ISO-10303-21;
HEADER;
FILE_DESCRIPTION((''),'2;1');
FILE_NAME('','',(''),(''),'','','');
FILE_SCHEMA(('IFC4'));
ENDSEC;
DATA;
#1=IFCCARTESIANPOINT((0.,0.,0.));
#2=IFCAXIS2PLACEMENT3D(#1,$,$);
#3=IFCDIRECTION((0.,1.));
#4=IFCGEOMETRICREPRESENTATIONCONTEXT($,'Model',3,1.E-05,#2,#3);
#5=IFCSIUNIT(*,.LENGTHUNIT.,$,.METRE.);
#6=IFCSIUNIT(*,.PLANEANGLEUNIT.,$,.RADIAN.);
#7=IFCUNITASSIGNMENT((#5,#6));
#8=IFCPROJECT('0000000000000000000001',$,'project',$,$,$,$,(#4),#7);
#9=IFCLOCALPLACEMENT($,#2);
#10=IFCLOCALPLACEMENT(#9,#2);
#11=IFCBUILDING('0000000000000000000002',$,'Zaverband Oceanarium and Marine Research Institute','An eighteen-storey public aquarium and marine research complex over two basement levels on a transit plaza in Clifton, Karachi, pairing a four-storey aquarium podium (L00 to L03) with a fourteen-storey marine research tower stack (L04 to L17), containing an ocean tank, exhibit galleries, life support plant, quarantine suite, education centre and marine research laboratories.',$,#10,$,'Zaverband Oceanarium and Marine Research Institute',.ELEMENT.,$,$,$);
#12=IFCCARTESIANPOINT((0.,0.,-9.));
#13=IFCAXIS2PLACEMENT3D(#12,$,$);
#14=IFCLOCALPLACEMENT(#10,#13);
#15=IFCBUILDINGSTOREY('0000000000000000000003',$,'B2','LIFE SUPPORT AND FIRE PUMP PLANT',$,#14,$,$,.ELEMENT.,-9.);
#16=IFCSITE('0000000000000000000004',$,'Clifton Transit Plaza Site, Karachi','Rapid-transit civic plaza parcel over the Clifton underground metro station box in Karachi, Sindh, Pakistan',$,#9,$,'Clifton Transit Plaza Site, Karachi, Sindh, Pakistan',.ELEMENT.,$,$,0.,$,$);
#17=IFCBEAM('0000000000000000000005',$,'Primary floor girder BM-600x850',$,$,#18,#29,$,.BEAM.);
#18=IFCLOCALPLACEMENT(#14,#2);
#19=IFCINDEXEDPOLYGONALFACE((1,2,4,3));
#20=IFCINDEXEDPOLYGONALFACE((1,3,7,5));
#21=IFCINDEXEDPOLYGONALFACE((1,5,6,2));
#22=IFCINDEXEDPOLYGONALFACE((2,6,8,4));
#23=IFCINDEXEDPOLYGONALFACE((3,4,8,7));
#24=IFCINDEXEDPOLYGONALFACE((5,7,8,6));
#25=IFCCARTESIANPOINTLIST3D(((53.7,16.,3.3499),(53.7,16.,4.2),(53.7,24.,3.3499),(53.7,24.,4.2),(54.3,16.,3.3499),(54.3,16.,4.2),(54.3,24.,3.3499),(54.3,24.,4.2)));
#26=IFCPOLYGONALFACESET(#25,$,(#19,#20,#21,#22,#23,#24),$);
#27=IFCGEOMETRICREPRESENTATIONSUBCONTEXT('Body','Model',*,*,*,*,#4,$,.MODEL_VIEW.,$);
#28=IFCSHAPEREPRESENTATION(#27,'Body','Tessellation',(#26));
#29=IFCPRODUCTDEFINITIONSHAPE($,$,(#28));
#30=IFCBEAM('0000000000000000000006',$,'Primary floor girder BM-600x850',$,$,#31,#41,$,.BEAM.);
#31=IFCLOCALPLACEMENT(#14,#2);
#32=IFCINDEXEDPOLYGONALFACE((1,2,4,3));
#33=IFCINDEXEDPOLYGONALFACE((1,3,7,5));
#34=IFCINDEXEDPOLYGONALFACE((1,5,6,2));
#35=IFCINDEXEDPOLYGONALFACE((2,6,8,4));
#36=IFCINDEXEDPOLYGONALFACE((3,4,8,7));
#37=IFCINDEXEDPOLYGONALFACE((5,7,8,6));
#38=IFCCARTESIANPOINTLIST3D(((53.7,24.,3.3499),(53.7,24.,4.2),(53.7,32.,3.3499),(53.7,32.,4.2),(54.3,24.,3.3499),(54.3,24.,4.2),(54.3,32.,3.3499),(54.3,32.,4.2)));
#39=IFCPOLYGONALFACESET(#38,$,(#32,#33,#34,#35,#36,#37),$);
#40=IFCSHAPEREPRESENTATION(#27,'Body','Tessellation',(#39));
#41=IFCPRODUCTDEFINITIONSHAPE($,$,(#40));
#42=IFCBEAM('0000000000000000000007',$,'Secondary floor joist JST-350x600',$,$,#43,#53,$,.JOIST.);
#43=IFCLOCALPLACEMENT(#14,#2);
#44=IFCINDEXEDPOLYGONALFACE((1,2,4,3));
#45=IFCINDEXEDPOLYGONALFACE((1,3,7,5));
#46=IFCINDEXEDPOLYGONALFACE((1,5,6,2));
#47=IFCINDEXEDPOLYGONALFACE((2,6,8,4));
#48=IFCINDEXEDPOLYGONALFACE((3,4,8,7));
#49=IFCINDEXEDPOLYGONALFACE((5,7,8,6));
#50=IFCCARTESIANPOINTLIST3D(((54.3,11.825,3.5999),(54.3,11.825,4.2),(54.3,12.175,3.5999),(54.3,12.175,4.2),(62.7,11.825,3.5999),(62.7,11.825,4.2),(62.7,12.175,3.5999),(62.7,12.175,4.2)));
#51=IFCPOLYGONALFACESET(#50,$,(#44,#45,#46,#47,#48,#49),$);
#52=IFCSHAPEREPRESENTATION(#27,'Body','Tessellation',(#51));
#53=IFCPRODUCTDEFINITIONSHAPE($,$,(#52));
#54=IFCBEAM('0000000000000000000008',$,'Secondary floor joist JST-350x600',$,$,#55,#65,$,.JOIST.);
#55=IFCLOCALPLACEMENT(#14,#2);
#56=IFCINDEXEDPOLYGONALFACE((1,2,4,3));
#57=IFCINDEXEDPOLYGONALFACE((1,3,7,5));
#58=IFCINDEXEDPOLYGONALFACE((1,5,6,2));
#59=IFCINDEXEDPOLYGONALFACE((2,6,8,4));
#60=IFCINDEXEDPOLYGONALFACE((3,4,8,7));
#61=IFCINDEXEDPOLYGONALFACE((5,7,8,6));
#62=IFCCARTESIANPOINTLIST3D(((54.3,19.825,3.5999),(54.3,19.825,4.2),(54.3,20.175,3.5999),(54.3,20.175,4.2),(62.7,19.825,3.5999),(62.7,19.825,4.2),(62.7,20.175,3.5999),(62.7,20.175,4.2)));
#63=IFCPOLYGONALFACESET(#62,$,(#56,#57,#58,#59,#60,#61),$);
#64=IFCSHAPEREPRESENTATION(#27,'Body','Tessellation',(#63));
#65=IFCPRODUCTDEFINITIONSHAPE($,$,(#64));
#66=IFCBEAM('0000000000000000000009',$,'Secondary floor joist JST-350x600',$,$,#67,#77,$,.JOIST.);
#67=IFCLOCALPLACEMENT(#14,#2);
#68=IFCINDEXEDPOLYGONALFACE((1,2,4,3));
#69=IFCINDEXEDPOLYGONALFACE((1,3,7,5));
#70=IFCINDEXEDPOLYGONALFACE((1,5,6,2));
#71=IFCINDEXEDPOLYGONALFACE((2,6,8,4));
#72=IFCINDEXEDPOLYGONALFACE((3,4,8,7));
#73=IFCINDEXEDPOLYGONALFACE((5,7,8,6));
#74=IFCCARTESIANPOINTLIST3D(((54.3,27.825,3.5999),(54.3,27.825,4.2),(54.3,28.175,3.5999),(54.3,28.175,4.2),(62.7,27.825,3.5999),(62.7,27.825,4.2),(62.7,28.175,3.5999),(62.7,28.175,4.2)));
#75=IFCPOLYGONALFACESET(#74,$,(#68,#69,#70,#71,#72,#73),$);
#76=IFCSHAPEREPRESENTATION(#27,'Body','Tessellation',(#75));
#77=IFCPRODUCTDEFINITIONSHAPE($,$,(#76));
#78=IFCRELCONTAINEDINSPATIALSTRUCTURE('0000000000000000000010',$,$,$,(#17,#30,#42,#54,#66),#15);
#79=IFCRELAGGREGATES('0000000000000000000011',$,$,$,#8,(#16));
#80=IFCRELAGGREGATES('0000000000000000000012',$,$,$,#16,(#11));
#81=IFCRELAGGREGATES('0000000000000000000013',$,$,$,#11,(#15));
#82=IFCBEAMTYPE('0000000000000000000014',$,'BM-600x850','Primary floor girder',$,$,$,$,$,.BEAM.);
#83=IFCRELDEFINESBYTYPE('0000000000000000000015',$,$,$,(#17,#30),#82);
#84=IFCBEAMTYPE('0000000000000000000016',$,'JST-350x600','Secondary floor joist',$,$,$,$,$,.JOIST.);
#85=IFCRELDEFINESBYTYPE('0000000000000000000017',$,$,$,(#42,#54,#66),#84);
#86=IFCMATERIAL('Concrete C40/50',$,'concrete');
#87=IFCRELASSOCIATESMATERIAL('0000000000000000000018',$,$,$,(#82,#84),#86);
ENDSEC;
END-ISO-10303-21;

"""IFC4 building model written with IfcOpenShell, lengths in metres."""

from ifc_helpers import new_model, si_unit, direction, frame, origin, origin_2d, place, context, subcontext, project, spatial, rectangle, extrude, material, material_profile, profile_set, type_object, element, save


model = new_model("IFC4")

# Units and contexts
model_context = context("Model", 3, precision=1e-05, world=origin(), true_north=direction((0.0, 1.0)))
body_context = subcontext(model_context, "Body", "Model", "MODEL_VIEW")
ifc_project = project(units=[si_unit("LENGTHUNIT", "METRE"), si_unit("PLANEANGLEUNIT", "RADIAN")], contexts=[model_context])

# Site, building, storey
site_placement = place(None, origin())
site = spatial("IfcSite", under=ifc_project, at=site_placement, Name="Clifton Transit Plaza Site, Karachi", Description="Rapid-transit civic plaza parcel over the Clifton underground metro station box in Karachi, Sindh, Pakistan", LongName="Clifton Transit Plaza Site, Karachi, Sindh, Pakistan", CompositionType="ELEMENT", RefElevation=0.0)
building_placement = place(site_placement, origin())
building = spatial("IfcBuilding", under=site, at=building_placement, Name="Zaverband Oceanarium and Marine Research Institute", Description="An eighteen-storey public aquarium and marine research complex over two basement levels on a transit plaza in Clifton, Karachi, pairing a four-storey aquarium podium (L00 to L03) with a fourteen-storey marine research tower stack (L04 to L17), containing an ocean tank, exhibit galleries, life support plant, quarantine suite, education centre and marine research laboratories.", LongName="Zaverband Oceanarium and Marine Research Institute", CompositionType="ELEMENT")
storey_placement = place(building_placement, frame((0.0, 0.0, -9.0)))
storey = spatial("IfcBuildingStorey", under=building, at=storey_placement, Name="B2", Description="LIFE SUPPORT AND FIRE PUMP PLANT", CompositionType="ELEMENT", Elevation=-9.0)

# Beams
ifc_material_1 = material(Name="Concrete C40/50", Category="concrete")
ifc_material_profile_1 = material_profile(ifc_material_1, rectangle(XDim=0.6001, YDim=0.8501, at=origin_2d()), Name="RC600x850")
ifc_profile_set_1 = profile_set([ifc_material_profile_1], Name="Concrete C40/50")
beam_type_1 = type_object("IfcBeamType", Name="BM-600x850", Description="Primary floor girder", PredefinedType="BEAM", material=ifc_profile_set_1)
for number, where, z_axis, x_axis, name in (
    (1, (54.0, 16.0, 3.7749), (0.0, 1.0, 0.0), (-1.0, 0.0, 0.0), "Primary floor girder BM-600x850"),
    (2, (54.0, 24.0, 3.7749), (0.0, 1.0, 0.0), (-1.0, 0.0, 0.0), "Primary floor girder BM-600x850"),
):
    element("IfcBeam", number, at=place(storey_placement, frame(where, z_axis=z_axis, x_axis=x_axis)), inside=storey, type_object=beam_type_1, Name=name, PredefinedType="BEAM", context=body_context, shape_type="SweptSolid", body=[
        extrude(rectangle(XDim=0.6001, YDim=0.8501, at=origin_2d()), origin(), (0.0, 0.0, 1.0), 8.0),
    ])
ifc_material_profile_2 = material_profile(ifc_material_1, rectangle(XDim=0.3501, YDim=0.6001, at=origin_2d()), Name="RC350x600")
ifc_profile_set_2 = profile_set([ifc_material_profile_2], Name="Concrete C40/50")
beam_type_2 = type_object("IfcBeamType", Name="JST-350x600", Description="Secondary floor joist", PredefinedType="JOIST", material=ifc_profile_set_2)
for number, where, z_axis, x_axis, name in (
    (3, (54.3, 12.0, 3.8999), (1.0, 0.0, 0.0), (0.0, 1.0, 0.0), "Secondary floor joist JST-350x600"),
    (4, (54.3, 20.0, 3.8999), (1.0, 0.0, 0.0), (0.0, 1.0, 0.0), "Secondary floor joist JST-350x600"),
    (5, (54.3, 28.0, 3.8999), (1.0, 0.0, 0.0), (0.0, 1.0, 0.0), "Secondary floor joist JST-350x600"),
):
    element("IfcBeam", number, at=place(storey_placement, frame(where, z_axis=z_axis, x_axis=x_axis)), inside=storey, type_object=beam_type_2, Name=name, PredefinedType="JOIST", context=body_context, shape_type="SweptSolid", body=[
        extrude(rectangle(XDim=0.3501, YDim=0.6001, at=origin_2d()), origin(), (0.0, 0.0, 1.0), 8.3999),
    ])

save(model, "model.ifc")
